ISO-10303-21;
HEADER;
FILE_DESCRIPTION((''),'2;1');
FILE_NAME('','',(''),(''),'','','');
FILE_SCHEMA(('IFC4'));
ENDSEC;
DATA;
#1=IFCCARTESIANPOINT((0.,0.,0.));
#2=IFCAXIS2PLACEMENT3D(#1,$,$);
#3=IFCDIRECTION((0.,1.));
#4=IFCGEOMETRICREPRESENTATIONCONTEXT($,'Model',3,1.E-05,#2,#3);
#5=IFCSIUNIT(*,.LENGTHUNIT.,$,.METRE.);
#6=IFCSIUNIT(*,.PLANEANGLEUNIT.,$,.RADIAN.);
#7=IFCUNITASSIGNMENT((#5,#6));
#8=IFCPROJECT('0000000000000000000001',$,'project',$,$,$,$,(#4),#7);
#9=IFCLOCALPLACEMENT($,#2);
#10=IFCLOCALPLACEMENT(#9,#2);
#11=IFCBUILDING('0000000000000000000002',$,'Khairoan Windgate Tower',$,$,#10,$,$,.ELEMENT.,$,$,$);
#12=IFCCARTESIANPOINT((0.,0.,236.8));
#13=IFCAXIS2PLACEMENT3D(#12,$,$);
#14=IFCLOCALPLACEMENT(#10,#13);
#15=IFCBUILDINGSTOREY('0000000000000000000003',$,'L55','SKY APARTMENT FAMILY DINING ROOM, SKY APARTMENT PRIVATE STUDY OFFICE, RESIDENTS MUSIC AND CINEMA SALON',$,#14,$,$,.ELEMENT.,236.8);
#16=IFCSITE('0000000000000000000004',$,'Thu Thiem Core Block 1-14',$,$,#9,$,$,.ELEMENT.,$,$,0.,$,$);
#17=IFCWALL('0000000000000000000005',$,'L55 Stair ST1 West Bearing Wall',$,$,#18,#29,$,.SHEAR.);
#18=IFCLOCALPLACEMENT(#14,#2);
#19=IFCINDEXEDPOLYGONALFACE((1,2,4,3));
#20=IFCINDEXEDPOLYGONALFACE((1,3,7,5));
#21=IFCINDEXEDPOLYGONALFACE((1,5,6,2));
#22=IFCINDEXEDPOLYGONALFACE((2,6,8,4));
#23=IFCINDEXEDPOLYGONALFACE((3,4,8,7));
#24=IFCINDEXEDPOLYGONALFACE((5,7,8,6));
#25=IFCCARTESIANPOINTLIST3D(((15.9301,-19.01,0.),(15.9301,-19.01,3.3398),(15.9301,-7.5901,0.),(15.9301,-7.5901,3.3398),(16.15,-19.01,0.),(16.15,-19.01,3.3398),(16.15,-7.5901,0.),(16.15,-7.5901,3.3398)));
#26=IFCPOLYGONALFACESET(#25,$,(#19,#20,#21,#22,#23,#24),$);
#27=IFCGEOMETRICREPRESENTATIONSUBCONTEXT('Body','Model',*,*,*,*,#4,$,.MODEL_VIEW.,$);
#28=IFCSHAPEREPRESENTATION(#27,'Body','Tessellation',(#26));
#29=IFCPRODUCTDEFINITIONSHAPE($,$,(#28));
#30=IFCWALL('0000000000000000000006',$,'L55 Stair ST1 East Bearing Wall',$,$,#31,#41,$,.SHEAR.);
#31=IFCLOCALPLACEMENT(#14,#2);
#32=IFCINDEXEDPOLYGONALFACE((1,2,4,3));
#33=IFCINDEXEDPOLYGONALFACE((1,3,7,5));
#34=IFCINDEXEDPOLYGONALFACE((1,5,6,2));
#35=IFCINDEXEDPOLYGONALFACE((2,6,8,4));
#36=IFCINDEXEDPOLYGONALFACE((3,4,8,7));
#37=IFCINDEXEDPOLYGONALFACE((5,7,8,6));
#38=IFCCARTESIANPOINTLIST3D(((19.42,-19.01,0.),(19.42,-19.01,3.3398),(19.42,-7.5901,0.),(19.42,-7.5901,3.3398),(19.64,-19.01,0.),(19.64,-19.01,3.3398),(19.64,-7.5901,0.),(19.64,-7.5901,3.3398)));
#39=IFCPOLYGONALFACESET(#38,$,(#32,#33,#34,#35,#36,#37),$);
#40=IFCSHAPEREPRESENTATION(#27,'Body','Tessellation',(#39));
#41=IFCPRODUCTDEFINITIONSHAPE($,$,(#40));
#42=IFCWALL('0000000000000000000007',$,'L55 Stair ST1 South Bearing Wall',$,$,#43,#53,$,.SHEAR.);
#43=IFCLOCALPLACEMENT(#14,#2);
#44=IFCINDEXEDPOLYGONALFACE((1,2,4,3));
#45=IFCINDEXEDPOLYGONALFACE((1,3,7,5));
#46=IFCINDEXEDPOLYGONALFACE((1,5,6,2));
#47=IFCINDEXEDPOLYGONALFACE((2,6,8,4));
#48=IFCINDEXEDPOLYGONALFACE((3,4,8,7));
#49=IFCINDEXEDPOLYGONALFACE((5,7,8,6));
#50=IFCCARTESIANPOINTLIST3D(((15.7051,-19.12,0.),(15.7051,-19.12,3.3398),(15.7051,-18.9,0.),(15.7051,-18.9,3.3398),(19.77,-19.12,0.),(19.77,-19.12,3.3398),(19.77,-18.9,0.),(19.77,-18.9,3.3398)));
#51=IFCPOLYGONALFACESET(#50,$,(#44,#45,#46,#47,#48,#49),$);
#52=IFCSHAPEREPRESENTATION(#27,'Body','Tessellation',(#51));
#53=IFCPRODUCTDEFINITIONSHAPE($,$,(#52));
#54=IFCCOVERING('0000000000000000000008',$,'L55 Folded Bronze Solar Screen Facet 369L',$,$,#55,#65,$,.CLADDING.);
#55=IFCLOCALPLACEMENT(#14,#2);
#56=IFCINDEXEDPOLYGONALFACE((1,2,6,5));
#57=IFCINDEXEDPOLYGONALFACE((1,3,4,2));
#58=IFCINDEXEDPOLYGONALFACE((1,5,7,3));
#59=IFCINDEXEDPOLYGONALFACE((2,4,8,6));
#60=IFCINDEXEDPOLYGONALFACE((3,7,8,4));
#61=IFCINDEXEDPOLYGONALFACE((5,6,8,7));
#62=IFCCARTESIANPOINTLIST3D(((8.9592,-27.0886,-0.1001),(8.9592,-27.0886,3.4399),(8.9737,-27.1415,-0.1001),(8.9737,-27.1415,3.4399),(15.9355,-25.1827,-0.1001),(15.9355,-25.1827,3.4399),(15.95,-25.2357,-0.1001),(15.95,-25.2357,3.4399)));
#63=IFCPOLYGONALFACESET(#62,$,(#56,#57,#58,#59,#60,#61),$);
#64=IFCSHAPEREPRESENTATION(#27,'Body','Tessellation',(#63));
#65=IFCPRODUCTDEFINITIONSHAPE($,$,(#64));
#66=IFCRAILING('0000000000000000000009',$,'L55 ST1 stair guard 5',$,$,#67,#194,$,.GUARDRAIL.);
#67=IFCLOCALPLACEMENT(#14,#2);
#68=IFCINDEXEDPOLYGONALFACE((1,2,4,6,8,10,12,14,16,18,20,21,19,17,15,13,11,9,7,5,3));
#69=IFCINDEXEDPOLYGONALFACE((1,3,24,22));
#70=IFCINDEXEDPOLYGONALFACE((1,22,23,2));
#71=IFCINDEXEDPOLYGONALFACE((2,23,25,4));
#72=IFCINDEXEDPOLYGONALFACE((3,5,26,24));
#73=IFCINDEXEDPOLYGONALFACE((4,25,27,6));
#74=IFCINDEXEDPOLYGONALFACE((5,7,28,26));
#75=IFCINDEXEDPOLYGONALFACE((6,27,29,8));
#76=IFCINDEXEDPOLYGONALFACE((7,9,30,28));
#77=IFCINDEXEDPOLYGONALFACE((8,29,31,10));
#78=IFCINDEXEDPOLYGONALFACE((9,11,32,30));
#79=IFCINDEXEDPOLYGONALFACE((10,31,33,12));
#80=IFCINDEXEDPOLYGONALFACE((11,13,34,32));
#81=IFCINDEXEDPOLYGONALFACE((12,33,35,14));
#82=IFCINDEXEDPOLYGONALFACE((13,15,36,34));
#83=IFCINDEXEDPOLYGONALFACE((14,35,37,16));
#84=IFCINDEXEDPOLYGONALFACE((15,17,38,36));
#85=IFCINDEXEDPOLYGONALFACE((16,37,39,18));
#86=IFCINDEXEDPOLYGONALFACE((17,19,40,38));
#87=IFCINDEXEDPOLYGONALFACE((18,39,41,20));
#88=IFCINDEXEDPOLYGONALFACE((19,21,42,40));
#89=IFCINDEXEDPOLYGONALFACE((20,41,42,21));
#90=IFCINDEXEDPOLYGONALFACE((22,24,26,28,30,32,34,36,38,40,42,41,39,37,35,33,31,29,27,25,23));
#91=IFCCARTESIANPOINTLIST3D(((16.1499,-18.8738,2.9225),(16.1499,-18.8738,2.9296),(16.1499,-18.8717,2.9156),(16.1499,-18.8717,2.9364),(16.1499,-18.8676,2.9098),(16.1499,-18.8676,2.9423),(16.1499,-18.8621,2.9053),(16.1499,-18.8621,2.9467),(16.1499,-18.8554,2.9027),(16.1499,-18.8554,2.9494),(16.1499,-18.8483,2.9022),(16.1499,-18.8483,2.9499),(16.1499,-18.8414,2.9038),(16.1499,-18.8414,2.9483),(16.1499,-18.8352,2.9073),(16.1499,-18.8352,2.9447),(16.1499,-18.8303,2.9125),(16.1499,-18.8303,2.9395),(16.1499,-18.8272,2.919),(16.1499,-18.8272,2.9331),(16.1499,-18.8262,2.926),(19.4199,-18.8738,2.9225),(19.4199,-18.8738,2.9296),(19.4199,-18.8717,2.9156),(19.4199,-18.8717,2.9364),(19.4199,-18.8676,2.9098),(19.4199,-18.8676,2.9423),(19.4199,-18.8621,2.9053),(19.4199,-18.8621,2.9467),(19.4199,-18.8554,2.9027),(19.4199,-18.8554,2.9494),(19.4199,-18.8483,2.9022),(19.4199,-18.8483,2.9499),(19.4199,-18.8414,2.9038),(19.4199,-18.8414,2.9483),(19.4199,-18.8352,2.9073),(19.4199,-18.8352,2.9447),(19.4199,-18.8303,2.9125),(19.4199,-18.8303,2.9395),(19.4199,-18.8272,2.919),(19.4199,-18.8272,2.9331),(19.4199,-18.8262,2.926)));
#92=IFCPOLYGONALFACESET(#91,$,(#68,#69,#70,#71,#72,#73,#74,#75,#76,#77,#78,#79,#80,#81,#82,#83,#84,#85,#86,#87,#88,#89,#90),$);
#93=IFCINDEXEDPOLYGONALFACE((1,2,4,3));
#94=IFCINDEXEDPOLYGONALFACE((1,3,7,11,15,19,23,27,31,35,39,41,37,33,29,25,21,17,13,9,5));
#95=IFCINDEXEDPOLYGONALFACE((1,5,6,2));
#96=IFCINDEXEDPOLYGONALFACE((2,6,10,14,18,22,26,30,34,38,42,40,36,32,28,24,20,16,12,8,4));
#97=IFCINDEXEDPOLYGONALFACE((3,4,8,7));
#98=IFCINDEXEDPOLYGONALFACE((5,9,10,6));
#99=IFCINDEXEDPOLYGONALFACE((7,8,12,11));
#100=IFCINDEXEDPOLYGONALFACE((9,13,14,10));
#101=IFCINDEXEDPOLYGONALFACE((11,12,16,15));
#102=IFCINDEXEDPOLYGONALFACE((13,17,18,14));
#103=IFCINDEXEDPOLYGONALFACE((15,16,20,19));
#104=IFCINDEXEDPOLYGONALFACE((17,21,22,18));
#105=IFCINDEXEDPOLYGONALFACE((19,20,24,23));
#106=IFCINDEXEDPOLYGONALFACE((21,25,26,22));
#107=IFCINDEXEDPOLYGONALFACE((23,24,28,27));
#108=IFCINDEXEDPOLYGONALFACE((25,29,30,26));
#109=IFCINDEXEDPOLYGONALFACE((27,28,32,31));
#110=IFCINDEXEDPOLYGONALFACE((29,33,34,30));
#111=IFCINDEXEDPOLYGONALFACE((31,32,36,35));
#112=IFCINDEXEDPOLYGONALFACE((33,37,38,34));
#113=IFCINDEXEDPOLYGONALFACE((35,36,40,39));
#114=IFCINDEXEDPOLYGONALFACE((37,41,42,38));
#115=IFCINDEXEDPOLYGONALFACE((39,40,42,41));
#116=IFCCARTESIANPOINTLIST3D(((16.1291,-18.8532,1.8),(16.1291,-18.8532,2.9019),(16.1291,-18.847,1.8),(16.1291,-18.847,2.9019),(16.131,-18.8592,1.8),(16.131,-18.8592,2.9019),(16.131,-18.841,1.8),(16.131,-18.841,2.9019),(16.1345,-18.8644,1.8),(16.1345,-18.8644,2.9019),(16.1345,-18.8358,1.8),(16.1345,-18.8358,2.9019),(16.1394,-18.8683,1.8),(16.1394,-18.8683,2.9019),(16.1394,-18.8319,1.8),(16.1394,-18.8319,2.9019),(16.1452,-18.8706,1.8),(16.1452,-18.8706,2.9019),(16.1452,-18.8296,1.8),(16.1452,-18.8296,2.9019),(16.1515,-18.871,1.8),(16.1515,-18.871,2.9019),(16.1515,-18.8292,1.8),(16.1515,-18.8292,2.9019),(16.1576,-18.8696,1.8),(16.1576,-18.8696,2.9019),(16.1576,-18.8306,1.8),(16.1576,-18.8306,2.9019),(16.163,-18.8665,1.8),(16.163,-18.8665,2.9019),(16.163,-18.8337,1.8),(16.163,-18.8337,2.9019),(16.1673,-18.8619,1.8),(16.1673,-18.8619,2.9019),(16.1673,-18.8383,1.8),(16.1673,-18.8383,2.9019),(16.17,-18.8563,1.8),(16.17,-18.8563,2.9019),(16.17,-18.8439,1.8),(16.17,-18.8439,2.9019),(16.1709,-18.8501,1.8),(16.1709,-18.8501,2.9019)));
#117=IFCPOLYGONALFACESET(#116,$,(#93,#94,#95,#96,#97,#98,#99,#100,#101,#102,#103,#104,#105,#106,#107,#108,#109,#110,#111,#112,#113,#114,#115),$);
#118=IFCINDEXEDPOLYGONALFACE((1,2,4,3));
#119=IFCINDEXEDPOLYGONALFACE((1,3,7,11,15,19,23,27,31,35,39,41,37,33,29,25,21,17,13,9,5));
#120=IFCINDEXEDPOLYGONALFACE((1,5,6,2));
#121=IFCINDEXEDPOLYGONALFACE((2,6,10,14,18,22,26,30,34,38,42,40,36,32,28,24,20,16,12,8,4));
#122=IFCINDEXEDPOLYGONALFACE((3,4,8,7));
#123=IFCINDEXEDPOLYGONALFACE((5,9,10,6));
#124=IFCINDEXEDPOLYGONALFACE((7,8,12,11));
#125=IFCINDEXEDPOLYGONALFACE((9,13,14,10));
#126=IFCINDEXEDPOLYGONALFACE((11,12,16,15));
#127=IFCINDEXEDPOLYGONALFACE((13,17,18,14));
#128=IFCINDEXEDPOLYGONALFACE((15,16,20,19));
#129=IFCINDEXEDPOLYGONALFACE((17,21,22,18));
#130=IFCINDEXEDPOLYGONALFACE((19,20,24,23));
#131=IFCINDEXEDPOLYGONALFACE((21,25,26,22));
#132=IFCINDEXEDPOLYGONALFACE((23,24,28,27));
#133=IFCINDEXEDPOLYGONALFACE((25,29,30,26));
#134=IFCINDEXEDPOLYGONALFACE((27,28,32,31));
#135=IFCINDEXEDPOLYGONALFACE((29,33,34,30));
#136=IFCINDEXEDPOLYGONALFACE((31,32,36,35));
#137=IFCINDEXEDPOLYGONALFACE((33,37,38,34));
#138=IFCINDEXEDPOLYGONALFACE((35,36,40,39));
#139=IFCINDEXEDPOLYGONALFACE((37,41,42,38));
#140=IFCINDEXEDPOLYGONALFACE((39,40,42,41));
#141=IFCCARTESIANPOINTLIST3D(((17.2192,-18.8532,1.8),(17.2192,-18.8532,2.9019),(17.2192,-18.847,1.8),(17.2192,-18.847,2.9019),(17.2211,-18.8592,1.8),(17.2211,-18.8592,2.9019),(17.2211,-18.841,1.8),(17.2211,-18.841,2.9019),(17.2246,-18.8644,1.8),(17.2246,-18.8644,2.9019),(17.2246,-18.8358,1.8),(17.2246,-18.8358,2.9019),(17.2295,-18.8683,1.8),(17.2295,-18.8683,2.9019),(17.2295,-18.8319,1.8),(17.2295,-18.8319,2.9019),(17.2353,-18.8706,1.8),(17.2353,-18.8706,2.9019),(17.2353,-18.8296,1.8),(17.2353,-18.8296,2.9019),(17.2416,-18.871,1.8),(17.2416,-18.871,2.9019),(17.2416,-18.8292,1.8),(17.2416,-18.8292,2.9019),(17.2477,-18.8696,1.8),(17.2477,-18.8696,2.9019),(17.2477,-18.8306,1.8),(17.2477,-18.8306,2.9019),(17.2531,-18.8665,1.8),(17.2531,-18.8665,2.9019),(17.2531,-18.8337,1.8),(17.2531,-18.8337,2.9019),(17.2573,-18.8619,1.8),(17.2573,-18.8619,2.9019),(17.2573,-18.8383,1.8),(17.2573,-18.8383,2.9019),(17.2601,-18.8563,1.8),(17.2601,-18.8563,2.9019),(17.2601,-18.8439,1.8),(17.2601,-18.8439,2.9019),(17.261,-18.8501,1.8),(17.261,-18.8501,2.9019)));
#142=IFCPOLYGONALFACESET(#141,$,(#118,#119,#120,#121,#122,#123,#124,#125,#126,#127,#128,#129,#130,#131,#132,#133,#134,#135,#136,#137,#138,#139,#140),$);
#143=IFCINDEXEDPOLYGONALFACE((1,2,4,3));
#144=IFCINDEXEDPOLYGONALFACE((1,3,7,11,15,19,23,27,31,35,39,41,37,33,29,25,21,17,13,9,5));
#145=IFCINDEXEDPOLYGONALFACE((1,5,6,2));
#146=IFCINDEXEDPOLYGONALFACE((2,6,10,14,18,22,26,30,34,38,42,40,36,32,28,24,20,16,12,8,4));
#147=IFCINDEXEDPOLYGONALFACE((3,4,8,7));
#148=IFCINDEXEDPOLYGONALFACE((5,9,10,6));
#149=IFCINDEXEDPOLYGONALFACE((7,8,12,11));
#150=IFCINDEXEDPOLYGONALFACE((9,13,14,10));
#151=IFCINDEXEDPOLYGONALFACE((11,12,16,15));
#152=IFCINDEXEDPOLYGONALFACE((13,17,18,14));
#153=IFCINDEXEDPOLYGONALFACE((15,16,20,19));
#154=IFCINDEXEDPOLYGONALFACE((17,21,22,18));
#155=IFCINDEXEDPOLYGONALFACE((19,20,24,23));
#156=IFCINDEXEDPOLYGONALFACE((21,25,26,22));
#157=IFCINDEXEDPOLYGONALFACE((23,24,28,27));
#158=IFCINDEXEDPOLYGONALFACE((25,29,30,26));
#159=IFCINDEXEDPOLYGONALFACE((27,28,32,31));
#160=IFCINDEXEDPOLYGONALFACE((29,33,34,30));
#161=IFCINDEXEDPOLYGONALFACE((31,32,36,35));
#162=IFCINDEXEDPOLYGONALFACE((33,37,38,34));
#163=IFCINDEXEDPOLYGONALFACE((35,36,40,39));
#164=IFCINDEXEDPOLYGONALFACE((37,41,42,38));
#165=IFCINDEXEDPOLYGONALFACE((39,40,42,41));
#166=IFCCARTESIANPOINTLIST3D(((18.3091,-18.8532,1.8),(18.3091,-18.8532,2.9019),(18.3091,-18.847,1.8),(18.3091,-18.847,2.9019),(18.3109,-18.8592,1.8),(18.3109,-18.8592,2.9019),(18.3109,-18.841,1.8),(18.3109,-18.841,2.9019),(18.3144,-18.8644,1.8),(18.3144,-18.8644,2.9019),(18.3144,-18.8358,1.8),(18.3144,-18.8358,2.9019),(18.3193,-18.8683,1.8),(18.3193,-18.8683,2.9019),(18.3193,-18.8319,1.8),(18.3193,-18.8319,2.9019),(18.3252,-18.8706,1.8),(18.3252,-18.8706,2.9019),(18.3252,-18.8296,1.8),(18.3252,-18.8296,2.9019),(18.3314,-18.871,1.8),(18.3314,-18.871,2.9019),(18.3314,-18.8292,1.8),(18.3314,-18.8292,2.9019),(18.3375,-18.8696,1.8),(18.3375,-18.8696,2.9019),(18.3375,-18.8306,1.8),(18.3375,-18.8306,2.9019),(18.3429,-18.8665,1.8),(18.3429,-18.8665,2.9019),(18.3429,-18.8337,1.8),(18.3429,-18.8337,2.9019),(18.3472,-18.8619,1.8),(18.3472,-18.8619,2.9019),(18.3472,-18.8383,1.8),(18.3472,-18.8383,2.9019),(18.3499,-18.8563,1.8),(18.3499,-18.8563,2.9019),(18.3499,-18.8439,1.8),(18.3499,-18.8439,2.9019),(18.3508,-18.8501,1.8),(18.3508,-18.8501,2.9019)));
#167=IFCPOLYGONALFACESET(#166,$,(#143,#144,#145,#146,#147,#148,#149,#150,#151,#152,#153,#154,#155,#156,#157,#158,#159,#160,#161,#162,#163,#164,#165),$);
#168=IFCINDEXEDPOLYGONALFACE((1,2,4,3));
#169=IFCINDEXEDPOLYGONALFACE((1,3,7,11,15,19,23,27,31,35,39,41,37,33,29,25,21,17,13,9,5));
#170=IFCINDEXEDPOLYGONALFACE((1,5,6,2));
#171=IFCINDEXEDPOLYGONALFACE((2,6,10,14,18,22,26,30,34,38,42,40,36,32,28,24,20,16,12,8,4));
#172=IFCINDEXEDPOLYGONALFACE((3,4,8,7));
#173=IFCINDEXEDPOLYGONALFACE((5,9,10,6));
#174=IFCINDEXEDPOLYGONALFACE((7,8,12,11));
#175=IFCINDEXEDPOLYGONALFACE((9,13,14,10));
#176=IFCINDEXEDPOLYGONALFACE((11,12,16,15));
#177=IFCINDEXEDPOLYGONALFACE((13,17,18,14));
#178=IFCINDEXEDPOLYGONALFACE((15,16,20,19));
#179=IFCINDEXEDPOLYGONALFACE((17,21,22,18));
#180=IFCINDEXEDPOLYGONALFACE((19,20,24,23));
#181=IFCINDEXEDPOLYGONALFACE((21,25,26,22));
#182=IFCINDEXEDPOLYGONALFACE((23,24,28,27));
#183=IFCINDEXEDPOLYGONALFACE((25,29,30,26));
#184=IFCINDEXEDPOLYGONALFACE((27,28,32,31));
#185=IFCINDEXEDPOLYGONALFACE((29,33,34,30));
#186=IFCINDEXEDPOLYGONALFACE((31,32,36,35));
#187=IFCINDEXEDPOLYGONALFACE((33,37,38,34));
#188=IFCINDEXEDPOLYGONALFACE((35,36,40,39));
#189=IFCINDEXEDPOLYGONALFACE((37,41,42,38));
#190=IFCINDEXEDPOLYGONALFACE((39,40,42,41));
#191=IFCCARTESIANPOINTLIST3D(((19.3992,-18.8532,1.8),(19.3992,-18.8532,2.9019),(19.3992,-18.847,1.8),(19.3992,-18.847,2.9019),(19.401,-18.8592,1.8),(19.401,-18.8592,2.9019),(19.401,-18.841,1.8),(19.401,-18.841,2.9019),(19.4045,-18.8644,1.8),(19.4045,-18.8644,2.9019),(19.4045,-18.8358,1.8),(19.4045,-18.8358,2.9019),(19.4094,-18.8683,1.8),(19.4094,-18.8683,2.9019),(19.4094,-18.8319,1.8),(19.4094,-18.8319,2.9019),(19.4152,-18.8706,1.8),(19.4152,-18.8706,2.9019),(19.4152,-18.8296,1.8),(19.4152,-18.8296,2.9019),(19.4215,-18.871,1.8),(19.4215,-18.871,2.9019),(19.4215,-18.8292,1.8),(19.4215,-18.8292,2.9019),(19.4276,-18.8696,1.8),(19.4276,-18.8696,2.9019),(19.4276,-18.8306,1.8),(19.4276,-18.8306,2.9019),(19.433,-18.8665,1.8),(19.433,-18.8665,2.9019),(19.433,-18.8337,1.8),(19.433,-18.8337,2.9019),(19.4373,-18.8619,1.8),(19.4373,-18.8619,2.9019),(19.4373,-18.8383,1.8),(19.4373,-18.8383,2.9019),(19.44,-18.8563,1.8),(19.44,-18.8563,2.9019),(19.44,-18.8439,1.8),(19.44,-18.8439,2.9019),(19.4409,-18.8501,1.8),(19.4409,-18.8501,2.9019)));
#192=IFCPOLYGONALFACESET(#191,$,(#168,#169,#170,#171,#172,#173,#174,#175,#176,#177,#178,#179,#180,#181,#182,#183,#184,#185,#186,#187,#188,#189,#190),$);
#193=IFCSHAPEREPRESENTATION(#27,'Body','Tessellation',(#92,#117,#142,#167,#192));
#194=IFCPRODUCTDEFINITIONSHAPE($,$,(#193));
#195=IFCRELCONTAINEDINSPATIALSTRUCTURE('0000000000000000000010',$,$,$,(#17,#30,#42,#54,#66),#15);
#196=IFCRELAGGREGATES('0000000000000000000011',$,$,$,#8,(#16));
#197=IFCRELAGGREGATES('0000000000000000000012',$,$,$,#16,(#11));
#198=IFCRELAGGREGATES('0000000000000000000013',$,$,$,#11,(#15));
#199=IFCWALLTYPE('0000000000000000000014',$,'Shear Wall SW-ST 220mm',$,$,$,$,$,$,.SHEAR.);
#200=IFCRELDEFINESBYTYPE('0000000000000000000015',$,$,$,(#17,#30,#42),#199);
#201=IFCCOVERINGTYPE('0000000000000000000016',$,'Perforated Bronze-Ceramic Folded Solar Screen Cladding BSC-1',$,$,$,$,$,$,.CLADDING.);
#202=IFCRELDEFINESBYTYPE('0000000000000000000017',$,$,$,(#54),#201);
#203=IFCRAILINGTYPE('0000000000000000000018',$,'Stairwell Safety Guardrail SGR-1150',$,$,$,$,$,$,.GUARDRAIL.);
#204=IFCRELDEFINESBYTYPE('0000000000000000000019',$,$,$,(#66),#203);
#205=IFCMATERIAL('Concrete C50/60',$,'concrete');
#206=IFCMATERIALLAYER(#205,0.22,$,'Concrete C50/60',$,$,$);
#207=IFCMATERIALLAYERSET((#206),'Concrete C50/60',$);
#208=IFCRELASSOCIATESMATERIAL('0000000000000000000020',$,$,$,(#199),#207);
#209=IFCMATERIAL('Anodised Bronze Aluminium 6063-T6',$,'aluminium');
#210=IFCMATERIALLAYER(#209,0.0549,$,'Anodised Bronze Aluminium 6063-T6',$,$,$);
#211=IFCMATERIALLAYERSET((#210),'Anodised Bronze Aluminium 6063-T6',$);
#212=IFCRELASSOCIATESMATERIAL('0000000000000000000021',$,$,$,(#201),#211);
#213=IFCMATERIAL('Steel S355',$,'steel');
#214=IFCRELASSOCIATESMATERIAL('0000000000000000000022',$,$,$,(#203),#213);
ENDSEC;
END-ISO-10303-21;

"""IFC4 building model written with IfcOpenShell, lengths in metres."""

from ifc_helpers import new_model, si_unit, direction, frame, frame_2d, origin, origin_2d, place, context, subcontext, project, spatial, rectangle, circle, extrude, material, layer, layer_set, type_object, element, save


model = new_model("IFC4")

# Units and contexts
model_context = context("Model", 3, precision=1e-05, world=origin(), true_north=direction((0.0, 1.0)))
body_context = subcontext(model_context, "Body", "Model", "MODEL_VIEW")
ifc_project = project(units=[si_unit("LENGTHUNIT", "METRE"), si_unit("PLANEANGLEUNIT", "RADIAN")], contexts=[model_context])

# Site, building, storey
site_placement = place(None, origin())
site = spatial("IfcSite", under=ifc_project, at=site_placement, Name="Thu Thiem Core Block 1-14", CompositionType="ELEMENT", RefElevation=0.0)
building_placement = place(site_placement, origin())
building = spatial("IfcBuilding", under=site, at=building_placement, Name="Khairoan Windgate Tower", CompositionType="ELEMENT")
storey_placement = place(building_placement, frame((0.0, 0.0, 236.8)))
storey = spatial("IfcBuildingStorey", under=building, at=storey_placement, Name="L55", Description="SKY APARTMENT FAMILY DINING ROOM, SKY APARTMENT PRIVATE STUDY OFFICE, RESIDENTS MUSIC AND CINEMA SALON", CompositionType="ELEMENT", Elevation=236.8)

# Walls
ifc_material_1 = material(Name="Concrete C50/60", Category="concrete")
ifc_layer_1 = layer(ifc_material_1, 0.22, Name="Concrete C50/60")
ifc_layer_set_1 = layer_set([ifc_layer_1], Name="Concrete C50/60")
wall_type_1 = type_object("IfcWallType", Name="Shear Wall SW-ST 220mm", PredefinedType="SHEAR", material=ifc_layer_set_1)
for number, where, z_axis, x_axis, name in (
    (1, (16.04, -19.01, 0.0), (0.0, 0.0, 1.0), (0.0, 1.0, 0.0), "L55 Stair ST1 West Bearing Wall"),
    (2, (19.53, -19.01, 0.0), (0.0, 0.0, 1.0), (0.0, 1.0, 0.0), "L55 Stair ST1 East Bearing Wall"),
):
    element("IfcWall", number, at=place(storey_placement, frame(where, z_axis=z_axis, x_axis=x_axis)), inside=storey, type_object=wall_type_1, Name=name, PredefinedType="SHEAR", context=body_context, shape_type="SweptSolid", body=[
        extrude(rectangle(XDim=11.4199, YDim=0.22, at=frame_2d((5.71, 0.0))), origin(), (0.0, 0.0, 1.0), 3.3398),
    ])
wall_1_placement = place(storey_placement, frame((15.7051, -19.01, 0.0), z_axis=(0.0, 0.0, 1.0), x_axis=(1.0, 0.0, 0.0)))
element("IfcWall", 3, at=wall_1_placement, inside=storey, type_object=wall_type_1, Name="L55 Stair ST1 South Bearing Wall", PredefinedType="SHEAR", context=body_context, shape_type="SweptSolid", body=[
    extrude(rectangle(XDim=4.0649, YDim=0.22, at=frame_2d((2.0325, 0.0))), origin(), (0.0, 0.0, 1.0), 3.3398),
])

# Covering
ifc_material_2 = material(Name="Anodised Bronze Aluminium 6063-T6", Category="aluminium")
ifc_layer_2 = layer(ifc_material_2, 0.0549, Name="Anodised Bronze Aluminium 6063-T6")
ifc_layer_set_2 = layer_set([ifc_layer_2], Name="Anodised Bronze Aluminium 6063-T6")
covering_type = type_object("IfcCoveringType", Name="Perforated Bronze-Ceramic Folded Solar Screen Cladding BSC-1", PredefinedType="CLADDING", material=ifc_layer_set_2)
covering_placement = place(storey_placement, frame((12.4546, -26.1621, -0.1001), z_axis=(0.0, 0.0, 1.0), x_axis=(-0.964649, -0.263536, 0.0)))
element("IfcCovering", 4, at=covering_placement, inside=storey, type_object=covering_type, Name="L55 Folded Bronze Solar Screen Facet 369L", PredefinedType="CLADDING", context=body_context, shape_type="SweptSolid", body=[
    extrude(rectangle(XDim=7.2319, YDim=0.0549, at=origin_2d()), origin(), (0.0, 0.0, 1.0), 3.54),
])

# Railing
ifc_material_3 = material(Name="Steel S355", Category="steel")
railing_type = type_object("IfcRailingType", Name="Stairwell Safety Guardrail SGR-1150", PredefinedType="GUARDRAIL", material=ifc_material_3)
railing_1_placement = place(storey_placement, frame((16.1499, -18.8501, 1.8)))
element("IfcRailing", 5, at=railing_1_placement, inside=storey, type_object=railing_type, Name="L55 ST1 stair guard 5", PredefinedType="GUARDRAIL", context=body_context, shape_type="SweptSolid", body=[
    extrude(circle(Radius=0.0239, at=origin_2d()), frame((0.0, 0.0, 1.126), z_axis=(1.0, 0.0, 0.0), x_axis=(0.0, 1.0, 0.0)), (0.0, 0.0, 1.0), 3.27),
    extrude(circle(Radius=0.021, at=origin_2d()), origin(), (0.0, 0.0, 1.0), 1.1018),
    extrude(circle(Radius=0.021, at=origin_2d()), frame((1.0901, 0.0, 0.0)), (0.0, 0.0, 1.0), 1.1018),
    extrude(circle(Radius=0.021, at=origin_2d()), frame((2.1799, 0.0, 0.0)), (0.0, 0.0, 1.0), 1.1018),
    extrude(circle(Radius=0.021, at=origin_2d()), frame((3.27, 0.0, 0.0)), (0.0, 0.0, 1.0), 1.1018),
])

save(model, "model.ifc")
